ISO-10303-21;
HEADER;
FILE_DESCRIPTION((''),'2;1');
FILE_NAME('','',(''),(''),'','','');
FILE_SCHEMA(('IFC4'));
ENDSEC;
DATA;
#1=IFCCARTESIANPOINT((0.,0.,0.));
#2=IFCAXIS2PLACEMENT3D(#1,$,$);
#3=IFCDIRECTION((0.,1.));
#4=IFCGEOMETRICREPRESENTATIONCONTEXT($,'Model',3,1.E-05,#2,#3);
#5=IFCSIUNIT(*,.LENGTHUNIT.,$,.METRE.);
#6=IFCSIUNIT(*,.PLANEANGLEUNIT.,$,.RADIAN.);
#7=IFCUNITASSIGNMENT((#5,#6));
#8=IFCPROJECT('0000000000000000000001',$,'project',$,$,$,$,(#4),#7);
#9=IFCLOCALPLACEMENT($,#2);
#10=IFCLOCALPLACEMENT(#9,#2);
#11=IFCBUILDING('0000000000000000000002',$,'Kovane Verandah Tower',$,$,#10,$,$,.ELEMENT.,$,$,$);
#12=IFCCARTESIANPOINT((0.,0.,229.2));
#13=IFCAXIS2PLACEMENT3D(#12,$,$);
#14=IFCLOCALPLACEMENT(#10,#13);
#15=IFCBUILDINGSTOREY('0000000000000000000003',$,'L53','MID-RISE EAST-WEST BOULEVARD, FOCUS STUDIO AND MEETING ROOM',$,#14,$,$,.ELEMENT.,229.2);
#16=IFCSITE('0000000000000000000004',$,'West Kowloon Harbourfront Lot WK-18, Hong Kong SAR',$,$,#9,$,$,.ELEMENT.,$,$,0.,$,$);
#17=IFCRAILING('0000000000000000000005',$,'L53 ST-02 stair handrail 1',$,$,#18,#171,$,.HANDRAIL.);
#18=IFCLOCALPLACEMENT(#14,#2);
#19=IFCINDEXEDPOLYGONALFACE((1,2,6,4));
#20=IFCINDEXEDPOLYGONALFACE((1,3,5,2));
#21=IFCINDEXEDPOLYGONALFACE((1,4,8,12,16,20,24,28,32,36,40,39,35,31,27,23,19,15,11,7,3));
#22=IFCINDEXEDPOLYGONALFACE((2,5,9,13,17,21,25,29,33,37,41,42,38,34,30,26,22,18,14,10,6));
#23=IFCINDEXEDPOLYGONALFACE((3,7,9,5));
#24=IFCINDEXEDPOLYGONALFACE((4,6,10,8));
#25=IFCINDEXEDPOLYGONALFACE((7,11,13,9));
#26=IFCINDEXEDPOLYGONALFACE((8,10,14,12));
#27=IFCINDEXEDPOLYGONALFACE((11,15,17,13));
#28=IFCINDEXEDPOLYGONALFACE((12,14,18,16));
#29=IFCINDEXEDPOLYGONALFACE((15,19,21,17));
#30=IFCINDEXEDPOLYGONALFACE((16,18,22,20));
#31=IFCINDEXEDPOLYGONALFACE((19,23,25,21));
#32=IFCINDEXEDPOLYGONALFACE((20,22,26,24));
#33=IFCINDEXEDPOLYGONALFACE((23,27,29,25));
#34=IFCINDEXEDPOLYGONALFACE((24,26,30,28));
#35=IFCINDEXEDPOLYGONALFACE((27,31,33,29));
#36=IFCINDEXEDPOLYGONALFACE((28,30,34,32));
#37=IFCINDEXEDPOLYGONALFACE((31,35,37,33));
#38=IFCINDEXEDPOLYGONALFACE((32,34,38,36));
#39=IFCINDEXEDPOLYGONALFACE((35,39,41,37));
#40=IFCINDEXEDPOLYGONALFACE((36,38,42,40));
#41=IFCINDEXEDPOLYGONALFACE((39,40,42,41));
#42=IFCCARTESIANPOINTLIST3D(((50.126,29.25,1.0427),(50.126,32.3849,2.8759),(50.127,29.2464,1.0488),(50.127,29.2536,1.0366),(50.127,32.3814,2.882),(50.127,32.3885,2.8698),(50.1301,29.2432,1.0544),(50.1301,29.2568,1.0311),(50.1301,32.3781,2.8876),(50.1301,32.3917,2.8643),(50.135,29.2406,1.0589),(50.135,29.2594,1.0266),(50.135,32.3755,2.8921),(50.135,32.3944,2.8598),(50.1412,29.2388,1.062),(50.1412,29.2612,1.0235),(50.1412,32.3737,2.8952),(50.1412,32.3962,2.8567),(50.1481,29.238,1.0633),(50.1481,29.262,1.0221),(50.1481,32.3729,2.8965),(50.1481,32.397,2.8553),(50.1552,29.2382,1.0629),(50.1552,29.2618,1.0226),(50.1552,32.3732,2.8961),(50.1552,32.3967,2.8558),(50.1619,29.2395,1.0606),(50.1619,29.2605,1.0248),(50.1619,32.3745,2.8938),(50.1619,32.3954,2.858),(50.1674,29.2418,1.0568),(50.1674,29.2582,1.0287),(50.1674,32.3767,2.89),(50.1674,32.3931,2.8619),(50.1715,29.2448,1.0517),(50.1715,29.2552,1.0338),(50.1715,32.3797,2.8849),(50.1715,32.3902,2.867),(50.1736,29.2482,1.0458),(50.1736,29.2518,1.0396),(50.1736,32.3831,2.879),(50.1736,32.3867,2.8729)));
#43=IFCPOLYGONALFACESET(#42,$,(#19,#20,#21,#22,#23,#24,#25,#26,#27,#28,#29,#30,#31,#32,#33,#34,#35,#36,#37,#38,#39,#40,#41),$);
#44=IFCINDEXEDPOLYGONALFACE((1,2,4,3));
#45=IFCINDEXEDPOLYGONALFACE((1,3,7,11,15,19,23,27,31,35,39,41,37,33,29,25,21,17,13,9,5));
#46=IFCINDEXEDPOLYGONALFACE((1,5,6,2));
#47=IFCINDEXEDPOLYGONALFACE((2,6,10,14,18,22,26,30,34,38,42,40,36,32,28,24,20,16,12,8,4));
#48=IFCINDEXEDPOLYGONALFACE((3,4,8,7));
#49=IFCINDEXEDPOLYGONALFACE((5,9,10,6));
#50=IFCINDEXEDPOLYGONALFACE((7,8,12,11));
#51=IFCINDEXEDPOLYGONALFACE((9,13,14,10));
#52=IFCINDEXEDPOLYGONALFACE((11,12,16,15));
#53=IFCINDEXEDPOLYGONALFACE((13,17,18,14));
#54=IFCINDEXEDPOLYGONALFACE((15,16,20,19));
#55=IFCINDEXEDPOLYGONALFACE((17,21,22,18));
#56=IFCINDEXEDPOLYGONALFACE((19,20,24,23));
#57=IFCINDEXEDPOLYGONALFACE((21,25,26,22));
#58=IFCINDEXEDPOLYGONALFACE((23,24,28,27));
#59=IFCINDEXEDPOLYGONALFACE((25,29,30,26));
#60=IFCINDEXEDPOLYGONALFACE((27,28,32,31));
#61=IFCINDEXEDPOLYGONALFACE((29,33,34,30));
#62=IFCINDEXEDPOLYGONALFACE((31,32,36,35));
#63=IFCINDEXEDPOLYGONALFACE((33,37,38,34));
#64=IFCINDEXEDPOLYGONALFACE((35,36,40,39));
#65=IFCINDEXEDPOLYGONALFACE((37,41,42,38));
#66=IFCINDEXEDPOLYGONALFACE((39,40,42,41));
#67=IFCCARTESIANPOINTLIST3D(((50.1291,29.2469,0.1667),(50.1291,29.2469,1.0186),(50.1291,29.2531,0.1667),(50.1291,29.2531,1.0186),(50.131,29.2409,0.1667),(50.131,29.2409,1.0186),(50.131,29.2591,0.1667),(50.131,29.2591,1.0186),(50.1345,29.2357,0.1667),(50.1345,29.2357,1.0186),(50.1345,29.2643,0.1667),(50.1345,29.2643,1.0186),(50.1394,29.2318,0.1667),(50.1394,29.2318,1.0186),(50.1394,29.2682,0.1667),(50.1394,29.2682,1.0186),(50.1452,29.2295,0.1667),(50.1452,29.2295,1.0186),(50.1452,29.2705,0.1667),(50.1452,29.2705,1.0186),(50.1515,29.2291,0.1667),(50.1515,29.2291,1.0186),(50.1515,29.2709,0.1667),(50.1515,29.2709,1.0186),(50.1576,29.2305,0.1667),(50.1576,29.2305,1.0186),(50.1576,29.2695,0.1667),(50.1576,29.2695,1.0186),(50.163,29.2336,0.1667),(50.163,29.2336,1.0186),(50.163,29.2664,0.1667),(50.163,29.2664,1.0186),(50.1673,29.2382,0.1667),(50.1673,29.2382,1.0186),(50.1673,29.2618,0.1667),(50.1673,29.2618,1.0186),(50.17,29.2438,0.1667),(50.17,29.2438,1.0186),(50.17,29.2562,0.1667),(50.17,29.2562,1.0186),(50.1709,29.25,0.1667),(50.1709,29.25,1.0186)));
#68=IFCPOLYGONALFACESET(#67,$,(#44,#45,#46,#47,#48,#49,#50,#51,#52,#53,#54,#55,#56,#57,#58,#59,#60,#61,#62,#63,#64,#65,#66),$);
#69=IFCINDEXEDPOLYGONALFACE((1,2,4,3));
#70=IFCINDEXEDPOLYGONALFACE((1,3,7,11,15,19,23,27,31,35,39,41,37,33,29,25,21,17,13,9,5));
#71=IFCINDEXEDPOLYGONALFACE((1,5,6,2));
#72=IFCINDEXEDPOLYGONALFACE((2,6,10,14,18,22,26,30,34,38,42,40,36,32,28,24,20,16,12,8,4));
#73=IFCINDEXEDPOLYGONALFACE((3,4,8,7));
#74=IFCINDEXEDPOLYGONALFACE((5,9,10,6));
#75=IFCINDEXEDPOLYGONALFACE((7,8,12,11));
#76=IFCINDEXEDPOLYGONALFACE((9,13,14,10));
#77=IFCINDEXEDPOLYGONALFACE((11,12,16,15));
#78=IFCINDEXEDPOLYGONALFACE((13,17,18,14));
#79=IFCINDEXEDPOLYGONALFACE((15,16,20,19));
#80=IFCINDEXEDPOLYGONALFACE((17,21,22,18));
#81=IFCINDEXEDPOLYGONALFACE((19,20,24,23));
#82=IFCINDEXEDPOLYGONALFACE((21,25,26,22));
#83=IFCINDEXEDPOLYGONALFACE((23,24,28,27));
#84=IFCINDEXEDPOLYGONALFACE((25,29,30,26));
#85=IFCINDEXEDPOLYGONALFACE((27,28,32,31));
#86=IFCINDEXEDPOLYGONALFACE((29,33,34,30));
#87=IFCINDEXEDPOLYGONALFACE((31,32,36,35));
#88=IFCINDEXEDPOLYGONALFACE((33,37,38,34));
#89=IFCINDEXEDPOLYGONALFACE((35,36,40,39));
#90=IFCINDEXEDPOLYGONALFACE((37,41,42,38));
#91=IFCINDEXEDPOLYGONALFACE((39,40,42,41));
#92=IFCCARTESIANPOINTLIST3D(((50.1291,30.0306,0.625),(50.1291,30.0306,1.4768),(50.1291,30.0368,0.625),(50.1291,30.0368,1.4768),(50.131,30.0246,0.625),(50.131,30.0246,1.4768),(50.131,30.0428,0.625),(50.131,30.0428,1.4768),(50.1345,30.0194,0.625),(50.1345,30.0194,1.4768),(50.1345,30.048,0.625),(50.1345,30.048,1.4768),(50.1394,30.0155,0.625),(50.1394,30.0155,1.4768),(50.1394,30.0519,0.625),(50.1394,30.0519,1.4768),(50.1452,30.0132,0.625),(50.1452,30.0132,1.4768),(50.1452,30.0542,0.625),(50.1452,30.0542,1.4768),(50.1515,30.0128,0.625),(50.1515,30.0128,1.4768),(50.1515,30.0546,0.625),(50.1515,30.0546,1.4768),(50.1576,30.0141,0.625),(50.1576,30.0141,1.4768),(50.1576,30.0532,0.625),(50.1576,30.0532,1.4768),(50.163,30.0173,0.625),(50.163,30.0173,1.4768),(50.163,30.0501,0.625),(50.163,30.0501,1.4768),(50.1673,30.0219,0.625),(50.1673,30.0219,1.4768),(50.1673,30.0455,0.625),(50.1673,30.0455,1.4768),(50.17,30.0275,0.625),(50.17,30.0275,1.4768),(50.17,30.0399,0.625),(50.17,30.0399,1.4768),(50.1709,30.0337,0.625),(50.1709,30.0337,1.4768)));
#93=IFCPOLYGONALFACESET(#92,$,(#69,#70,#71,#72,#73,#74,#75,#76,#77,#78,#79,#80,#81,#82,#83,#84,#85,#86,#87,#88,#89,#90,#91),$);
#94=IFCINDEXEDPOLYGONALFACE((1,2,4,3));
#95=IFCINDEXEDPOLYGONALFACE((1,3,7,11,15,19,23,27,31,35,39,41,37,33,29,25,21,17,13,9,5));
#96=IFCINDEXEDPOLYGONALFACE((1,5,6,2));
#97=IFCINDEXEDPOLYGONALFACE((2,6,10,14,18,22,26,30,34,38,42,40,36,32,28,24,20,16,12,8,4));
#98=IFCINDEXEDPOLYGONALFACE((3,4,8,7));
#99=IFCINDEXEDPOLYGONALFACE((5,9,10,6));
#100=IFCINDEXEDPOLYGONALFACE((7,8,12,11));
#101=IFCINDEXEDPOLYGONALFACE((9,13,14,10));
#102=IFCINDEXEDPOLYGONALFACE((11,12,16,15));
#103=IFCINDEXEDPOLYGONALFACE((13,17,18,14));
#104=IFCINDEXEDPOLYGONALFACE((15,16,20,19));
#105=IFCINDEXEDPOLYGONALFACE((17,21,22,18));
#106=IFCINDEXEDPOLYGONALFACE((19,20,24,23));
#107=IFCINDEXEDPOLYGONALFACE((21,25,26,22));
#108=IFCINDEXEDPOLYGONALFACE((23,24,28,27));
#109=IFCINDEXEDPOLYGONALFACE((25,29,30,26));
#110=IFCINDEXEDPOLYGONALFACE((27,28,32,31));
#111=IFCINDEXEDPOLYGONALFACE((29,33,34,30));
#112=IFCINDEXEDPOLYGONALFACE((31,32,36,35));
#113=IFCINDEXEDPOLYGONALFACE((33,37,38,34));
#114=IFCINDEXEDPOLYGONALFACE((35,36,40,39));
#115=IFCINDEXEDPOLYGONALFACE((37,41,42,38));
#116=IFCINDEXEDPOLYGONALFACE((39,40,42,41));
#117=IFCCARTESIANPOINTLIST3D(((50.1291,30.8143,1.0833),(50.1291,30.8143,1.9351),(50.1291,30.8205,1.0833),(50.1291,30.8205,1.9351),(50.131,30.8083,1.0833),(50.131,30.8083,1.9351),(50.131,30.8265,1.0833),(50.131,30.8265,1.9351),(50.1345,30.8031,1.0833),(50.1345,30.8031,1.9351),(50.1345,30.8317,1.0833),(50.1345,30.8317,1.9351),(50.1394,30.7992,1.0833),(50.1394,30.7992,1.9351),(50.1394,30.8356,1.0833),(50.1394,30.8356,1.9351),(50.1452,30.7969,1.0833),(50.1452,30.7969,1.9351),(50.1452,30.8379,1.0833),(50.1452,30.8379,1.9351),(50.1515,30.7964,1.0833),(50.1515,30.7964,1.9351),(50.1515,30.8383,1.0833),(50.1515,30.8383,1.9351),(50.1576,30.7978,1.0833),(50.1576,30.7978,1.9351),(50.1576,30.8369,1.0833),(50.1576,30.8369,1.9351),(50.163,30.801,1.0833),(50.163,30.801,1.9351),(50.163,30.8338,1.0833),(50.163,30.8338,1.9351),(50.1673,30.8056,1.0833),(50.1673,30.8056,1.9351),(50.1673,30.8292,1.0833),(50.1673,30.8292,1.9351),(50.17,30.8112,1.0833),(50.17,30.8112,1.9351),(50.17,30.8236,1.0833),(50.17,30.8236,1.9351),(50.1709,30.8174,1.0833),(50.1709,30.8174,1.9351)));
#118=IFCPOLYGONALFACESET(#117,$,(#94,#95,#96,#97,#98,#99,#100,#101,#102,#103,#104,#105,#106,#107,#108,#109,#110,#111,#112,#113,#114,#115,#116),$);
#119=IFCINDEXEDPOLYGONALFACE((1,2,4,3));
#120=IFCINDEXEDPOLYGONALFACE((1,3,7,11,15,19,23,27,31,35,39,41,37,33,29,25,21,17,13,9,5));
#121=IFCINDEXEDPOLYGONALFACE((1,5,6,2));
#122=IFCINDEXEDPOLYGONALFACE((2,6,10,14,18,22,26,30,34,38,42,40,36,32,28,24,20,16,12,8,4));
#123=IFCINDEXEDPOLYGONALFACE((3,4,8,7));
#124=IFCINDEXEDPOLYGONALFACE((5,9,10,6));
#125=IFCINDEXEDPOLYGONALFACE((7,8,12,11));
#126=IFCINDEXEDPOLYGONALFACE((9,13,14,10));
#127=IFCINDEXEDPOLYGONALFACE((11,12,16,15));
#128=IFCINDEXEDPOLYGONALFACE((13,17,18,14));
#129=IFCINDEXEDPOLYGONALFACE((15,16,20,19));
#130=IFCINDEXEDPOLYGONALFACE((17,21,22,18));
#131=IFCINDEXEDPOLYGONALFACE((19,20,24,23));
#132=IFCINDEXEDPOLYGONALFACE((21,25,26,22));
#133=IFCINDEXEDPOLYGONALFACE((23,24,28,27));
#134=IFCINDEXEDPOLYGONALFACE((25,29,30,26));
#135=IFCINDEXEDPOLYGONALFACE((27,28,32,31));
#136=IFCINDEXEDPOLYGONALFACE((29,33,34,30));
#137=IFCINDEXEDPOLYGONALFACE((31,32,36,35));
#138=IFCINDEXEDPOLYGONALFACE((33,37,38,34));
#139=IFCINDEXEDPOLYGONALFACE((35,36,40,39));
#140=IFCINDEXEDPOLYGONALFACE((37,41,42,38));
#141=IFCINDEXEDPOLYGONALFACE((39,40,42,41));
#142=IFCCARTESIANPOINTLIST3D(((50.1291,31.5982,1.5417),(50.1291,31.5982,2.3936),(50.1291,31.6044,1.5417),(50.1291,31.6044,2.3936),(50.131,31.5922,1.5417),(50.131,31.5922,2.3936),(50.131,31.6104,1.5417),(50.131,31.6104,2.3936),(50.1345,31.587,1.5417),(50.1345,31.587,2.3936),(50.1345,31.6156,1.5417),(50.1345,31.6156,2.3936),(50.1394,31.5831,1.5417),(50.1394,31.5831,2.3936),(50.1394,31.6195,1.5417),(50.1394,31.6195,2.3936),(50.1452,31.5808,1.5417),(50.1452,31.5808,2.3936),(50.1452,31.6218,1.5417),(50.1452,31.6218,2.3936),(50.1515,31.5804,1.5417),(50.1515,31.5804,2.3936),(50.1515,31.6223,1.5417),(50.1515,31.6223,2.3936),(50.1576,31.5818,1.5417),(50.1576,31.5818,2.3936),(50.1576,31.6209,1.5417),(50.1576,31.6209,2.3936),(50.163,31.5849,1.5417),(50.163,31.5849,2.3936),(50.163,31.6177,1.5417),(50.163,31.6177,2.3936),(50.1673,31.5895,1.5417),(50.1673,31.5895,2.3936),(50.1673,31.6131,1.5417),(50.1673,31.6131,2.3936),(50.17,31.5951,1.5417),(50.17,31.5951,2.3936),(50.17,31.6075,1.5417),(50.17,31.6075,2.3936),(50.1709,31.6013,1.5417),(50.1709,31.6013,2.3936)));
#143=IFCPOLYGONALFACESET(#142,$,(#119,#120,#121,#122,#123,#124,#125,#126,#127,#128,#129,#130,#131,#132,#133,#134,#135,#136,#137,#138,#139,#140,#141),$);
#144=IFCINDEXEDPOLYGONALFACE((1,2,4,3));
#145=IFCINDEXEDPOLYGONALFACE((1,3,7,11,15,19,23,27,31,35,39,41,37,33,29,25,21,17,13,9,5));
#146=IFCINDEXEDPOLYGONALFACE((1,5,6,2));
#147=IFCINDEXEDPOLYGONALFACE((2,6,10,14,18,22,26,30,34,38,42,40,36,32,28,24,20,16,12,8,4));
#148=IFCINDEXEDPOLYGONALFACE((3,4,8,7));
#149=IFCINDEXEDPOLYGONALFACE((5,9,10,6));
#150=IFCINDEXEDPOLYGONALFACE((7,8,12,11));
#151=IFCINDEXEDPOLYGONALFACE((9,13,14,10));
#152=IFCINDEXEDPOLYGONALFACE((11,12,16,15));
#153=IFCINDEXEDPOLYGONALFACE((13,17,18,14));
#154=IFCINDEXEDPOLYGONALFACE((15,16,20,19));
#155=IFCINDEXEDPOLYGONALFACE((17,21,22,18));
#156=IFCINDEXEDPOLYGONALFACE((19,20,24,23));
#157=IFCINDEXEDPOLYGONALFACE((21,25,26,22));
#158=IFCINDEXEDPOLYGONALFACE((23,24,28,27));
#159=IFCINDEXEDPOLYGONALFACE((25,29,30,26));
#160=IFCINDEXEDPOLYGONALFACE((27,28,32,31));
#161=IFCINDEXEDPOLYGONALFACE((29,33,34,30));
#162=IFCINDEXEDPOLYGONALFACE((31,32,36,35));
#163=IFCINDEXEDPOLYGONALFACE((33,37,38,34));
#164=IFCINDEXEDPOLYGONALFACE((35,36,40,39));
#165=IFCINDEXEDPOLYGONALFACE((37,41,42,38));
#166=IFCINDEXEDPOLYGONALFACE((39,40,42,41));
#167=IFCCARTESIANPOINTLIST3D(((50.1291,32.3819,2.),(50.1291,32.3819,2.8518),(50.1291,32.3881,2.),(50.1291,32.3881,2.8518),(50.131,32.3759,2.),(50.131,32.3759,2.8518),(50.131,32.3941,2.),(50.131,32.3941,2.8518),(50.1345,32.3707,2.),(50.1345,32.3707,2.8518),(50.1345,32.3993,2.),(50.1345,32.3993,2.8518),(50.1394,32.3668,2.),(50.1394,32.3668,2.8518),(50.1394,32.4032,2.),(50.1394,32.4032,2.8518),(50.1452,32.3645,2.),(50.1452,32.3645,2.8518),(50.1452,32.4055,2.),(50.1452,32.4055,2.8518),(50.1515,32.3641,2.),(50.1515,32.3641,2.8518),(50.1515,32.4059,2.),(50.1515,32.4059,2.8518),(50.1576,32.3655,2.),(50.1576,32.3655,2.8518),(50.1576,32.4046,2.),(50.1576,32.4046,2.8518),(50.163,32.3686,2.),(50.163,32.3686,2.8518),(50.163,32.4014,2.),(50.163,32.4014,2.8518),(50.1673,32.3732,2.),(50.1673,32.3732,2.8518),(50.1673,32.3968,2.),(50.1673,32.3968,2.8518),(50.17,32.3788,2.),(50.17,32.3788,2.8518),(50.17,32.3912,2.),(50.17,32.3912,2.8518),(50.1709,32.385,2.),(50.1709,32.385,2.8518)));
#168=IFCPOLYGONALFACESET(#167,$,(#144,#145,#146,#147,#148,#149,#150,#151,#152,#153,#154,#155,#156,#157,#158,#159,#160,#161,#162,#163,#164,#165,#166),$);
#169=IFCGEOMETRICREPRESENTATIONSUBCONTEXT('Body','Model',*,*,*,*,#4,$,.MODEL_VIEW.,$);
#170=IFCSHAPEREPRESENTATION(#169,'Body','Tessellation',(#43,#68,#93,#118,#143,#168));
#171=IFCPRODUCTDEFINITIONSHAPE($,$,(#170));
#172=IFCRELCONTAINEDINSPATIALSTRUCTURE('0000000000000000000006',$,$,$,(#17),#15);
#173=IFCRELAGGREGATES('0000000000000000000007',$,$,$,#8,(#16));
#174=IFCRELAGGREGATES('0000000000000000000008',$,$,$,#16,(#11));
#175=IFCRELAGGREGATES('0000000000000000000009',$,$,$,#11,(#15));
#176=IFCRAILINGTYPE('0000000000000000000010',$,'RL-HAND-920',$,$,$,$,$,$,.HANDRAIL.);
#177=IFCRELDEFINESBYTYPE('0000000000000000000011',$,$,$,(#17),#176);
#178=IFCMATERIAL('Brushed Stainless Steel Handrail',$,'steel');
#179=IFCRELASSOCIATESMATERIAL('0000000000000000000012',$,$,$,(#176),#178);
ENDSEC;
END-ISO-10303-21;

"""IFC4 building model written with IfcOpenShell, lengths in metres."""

from ifc_helpers import new_model, si_unit, direction, frame, origin, origin_2d, place, context, subcontext, project, spatial, circle, extrude, material, type_object, element, save


model = new_model("IFC4")

# Units and contexts
model_context = context("Model", 3, precision=1e-05, world=origin(), true_north=direction((0.0, 1.0)))
body_context = subcontext(model_context, "Body", "Model", "MODEL_VIEW")
ifc_project = project(units=[si_unit("LENGTHUNIT", "METRE"), si_unit("PLANEANGLEUNIT", "RADIAN")], contexts=[model_context])

# Site, building, storey
site_placement = place(None, origin())
site = spatial("IfcSite", under=ifc_project, at=site_placement, Name="West Kowloon Harbourfront Lot WK-18, Hong Kong SAR", CompositionType="ELEMENT", RefElevation=0.0)
building_placement = place(site_placement, origin())
building = spatial("IfcBuilding", under=site, at=building_placement, Name="Kovane Verandah Tower", CompositionType="ELEMENT")
storey_placement = place(building_placement, frame((0.0, 0.0, 229.2)))
storey = spatial("IfcBuildingStorey", under=building, at=storey_placement, Name="L53", Description="MID-RISE EAST-WEST BOULEVARD, FOCUS STUDIO AND MEETING ROOM", CompositionType="ELEMENT", Elevation=229.2)

# Railing
ifc_material_1 = material(Name="Brushed Stainless Steel Handrail", Category="steel")
railing_type_1 = type_object("IfcRailingType", Name="RL-HAND-920", PredefinedType="HANDRAIL", material=ifc_material_1)
railing_1_placement = place(storey_placement, frame((50.1499, 29.25, 0.1667)))
element("IfcRailing", 1, at=railing_1_placement, inside=storey, type_object=railing_type_1, Name="L53 ST-02 stair handrail 1", PredefinedType="HANDRAIL", context=body_context, shape_type="SweptSolid", body=[
    extrude(circle(Radius=0.0239, at=origin_2d()), frame((0.0, 0.0, 0.876), z_axis=(0.0, 0.86324, 0.504794), x_axis=(-1.0, 0.0, 0.0)), (0.0, 0.0, 1.0), 3.6316),
    extrude(circle(Radius=0.021, at=origin_2d()), origin(), (0.0, 0.0, 1.0), 0.8518),
    extrude(circle(Radius=0.021, at=origin_2d()), frame((0.0, 0.7837, 0.4583)), (0.0, 0.0, 1.0), 0.8518),
    extrude(circle(Radius=0.021, at=origin_2d()), frame((0.0, 1.5674, 0.9165)), (0.0, 0.0, 1.0), 0.8518),
    extrude(circle(Radius=0.021, at=origin_2d()), frame((0.0, 2.3513, 1.375)), (0.0, 0.0, 1.0), 0.8518),
    extrude(circle(Radius=0.021, at=origin_2d()), frame((0.0, 3.135, 1.8333)), (0.0, 0.0, 1.0), 0.8518),
])

save(model, "model.ifc")
